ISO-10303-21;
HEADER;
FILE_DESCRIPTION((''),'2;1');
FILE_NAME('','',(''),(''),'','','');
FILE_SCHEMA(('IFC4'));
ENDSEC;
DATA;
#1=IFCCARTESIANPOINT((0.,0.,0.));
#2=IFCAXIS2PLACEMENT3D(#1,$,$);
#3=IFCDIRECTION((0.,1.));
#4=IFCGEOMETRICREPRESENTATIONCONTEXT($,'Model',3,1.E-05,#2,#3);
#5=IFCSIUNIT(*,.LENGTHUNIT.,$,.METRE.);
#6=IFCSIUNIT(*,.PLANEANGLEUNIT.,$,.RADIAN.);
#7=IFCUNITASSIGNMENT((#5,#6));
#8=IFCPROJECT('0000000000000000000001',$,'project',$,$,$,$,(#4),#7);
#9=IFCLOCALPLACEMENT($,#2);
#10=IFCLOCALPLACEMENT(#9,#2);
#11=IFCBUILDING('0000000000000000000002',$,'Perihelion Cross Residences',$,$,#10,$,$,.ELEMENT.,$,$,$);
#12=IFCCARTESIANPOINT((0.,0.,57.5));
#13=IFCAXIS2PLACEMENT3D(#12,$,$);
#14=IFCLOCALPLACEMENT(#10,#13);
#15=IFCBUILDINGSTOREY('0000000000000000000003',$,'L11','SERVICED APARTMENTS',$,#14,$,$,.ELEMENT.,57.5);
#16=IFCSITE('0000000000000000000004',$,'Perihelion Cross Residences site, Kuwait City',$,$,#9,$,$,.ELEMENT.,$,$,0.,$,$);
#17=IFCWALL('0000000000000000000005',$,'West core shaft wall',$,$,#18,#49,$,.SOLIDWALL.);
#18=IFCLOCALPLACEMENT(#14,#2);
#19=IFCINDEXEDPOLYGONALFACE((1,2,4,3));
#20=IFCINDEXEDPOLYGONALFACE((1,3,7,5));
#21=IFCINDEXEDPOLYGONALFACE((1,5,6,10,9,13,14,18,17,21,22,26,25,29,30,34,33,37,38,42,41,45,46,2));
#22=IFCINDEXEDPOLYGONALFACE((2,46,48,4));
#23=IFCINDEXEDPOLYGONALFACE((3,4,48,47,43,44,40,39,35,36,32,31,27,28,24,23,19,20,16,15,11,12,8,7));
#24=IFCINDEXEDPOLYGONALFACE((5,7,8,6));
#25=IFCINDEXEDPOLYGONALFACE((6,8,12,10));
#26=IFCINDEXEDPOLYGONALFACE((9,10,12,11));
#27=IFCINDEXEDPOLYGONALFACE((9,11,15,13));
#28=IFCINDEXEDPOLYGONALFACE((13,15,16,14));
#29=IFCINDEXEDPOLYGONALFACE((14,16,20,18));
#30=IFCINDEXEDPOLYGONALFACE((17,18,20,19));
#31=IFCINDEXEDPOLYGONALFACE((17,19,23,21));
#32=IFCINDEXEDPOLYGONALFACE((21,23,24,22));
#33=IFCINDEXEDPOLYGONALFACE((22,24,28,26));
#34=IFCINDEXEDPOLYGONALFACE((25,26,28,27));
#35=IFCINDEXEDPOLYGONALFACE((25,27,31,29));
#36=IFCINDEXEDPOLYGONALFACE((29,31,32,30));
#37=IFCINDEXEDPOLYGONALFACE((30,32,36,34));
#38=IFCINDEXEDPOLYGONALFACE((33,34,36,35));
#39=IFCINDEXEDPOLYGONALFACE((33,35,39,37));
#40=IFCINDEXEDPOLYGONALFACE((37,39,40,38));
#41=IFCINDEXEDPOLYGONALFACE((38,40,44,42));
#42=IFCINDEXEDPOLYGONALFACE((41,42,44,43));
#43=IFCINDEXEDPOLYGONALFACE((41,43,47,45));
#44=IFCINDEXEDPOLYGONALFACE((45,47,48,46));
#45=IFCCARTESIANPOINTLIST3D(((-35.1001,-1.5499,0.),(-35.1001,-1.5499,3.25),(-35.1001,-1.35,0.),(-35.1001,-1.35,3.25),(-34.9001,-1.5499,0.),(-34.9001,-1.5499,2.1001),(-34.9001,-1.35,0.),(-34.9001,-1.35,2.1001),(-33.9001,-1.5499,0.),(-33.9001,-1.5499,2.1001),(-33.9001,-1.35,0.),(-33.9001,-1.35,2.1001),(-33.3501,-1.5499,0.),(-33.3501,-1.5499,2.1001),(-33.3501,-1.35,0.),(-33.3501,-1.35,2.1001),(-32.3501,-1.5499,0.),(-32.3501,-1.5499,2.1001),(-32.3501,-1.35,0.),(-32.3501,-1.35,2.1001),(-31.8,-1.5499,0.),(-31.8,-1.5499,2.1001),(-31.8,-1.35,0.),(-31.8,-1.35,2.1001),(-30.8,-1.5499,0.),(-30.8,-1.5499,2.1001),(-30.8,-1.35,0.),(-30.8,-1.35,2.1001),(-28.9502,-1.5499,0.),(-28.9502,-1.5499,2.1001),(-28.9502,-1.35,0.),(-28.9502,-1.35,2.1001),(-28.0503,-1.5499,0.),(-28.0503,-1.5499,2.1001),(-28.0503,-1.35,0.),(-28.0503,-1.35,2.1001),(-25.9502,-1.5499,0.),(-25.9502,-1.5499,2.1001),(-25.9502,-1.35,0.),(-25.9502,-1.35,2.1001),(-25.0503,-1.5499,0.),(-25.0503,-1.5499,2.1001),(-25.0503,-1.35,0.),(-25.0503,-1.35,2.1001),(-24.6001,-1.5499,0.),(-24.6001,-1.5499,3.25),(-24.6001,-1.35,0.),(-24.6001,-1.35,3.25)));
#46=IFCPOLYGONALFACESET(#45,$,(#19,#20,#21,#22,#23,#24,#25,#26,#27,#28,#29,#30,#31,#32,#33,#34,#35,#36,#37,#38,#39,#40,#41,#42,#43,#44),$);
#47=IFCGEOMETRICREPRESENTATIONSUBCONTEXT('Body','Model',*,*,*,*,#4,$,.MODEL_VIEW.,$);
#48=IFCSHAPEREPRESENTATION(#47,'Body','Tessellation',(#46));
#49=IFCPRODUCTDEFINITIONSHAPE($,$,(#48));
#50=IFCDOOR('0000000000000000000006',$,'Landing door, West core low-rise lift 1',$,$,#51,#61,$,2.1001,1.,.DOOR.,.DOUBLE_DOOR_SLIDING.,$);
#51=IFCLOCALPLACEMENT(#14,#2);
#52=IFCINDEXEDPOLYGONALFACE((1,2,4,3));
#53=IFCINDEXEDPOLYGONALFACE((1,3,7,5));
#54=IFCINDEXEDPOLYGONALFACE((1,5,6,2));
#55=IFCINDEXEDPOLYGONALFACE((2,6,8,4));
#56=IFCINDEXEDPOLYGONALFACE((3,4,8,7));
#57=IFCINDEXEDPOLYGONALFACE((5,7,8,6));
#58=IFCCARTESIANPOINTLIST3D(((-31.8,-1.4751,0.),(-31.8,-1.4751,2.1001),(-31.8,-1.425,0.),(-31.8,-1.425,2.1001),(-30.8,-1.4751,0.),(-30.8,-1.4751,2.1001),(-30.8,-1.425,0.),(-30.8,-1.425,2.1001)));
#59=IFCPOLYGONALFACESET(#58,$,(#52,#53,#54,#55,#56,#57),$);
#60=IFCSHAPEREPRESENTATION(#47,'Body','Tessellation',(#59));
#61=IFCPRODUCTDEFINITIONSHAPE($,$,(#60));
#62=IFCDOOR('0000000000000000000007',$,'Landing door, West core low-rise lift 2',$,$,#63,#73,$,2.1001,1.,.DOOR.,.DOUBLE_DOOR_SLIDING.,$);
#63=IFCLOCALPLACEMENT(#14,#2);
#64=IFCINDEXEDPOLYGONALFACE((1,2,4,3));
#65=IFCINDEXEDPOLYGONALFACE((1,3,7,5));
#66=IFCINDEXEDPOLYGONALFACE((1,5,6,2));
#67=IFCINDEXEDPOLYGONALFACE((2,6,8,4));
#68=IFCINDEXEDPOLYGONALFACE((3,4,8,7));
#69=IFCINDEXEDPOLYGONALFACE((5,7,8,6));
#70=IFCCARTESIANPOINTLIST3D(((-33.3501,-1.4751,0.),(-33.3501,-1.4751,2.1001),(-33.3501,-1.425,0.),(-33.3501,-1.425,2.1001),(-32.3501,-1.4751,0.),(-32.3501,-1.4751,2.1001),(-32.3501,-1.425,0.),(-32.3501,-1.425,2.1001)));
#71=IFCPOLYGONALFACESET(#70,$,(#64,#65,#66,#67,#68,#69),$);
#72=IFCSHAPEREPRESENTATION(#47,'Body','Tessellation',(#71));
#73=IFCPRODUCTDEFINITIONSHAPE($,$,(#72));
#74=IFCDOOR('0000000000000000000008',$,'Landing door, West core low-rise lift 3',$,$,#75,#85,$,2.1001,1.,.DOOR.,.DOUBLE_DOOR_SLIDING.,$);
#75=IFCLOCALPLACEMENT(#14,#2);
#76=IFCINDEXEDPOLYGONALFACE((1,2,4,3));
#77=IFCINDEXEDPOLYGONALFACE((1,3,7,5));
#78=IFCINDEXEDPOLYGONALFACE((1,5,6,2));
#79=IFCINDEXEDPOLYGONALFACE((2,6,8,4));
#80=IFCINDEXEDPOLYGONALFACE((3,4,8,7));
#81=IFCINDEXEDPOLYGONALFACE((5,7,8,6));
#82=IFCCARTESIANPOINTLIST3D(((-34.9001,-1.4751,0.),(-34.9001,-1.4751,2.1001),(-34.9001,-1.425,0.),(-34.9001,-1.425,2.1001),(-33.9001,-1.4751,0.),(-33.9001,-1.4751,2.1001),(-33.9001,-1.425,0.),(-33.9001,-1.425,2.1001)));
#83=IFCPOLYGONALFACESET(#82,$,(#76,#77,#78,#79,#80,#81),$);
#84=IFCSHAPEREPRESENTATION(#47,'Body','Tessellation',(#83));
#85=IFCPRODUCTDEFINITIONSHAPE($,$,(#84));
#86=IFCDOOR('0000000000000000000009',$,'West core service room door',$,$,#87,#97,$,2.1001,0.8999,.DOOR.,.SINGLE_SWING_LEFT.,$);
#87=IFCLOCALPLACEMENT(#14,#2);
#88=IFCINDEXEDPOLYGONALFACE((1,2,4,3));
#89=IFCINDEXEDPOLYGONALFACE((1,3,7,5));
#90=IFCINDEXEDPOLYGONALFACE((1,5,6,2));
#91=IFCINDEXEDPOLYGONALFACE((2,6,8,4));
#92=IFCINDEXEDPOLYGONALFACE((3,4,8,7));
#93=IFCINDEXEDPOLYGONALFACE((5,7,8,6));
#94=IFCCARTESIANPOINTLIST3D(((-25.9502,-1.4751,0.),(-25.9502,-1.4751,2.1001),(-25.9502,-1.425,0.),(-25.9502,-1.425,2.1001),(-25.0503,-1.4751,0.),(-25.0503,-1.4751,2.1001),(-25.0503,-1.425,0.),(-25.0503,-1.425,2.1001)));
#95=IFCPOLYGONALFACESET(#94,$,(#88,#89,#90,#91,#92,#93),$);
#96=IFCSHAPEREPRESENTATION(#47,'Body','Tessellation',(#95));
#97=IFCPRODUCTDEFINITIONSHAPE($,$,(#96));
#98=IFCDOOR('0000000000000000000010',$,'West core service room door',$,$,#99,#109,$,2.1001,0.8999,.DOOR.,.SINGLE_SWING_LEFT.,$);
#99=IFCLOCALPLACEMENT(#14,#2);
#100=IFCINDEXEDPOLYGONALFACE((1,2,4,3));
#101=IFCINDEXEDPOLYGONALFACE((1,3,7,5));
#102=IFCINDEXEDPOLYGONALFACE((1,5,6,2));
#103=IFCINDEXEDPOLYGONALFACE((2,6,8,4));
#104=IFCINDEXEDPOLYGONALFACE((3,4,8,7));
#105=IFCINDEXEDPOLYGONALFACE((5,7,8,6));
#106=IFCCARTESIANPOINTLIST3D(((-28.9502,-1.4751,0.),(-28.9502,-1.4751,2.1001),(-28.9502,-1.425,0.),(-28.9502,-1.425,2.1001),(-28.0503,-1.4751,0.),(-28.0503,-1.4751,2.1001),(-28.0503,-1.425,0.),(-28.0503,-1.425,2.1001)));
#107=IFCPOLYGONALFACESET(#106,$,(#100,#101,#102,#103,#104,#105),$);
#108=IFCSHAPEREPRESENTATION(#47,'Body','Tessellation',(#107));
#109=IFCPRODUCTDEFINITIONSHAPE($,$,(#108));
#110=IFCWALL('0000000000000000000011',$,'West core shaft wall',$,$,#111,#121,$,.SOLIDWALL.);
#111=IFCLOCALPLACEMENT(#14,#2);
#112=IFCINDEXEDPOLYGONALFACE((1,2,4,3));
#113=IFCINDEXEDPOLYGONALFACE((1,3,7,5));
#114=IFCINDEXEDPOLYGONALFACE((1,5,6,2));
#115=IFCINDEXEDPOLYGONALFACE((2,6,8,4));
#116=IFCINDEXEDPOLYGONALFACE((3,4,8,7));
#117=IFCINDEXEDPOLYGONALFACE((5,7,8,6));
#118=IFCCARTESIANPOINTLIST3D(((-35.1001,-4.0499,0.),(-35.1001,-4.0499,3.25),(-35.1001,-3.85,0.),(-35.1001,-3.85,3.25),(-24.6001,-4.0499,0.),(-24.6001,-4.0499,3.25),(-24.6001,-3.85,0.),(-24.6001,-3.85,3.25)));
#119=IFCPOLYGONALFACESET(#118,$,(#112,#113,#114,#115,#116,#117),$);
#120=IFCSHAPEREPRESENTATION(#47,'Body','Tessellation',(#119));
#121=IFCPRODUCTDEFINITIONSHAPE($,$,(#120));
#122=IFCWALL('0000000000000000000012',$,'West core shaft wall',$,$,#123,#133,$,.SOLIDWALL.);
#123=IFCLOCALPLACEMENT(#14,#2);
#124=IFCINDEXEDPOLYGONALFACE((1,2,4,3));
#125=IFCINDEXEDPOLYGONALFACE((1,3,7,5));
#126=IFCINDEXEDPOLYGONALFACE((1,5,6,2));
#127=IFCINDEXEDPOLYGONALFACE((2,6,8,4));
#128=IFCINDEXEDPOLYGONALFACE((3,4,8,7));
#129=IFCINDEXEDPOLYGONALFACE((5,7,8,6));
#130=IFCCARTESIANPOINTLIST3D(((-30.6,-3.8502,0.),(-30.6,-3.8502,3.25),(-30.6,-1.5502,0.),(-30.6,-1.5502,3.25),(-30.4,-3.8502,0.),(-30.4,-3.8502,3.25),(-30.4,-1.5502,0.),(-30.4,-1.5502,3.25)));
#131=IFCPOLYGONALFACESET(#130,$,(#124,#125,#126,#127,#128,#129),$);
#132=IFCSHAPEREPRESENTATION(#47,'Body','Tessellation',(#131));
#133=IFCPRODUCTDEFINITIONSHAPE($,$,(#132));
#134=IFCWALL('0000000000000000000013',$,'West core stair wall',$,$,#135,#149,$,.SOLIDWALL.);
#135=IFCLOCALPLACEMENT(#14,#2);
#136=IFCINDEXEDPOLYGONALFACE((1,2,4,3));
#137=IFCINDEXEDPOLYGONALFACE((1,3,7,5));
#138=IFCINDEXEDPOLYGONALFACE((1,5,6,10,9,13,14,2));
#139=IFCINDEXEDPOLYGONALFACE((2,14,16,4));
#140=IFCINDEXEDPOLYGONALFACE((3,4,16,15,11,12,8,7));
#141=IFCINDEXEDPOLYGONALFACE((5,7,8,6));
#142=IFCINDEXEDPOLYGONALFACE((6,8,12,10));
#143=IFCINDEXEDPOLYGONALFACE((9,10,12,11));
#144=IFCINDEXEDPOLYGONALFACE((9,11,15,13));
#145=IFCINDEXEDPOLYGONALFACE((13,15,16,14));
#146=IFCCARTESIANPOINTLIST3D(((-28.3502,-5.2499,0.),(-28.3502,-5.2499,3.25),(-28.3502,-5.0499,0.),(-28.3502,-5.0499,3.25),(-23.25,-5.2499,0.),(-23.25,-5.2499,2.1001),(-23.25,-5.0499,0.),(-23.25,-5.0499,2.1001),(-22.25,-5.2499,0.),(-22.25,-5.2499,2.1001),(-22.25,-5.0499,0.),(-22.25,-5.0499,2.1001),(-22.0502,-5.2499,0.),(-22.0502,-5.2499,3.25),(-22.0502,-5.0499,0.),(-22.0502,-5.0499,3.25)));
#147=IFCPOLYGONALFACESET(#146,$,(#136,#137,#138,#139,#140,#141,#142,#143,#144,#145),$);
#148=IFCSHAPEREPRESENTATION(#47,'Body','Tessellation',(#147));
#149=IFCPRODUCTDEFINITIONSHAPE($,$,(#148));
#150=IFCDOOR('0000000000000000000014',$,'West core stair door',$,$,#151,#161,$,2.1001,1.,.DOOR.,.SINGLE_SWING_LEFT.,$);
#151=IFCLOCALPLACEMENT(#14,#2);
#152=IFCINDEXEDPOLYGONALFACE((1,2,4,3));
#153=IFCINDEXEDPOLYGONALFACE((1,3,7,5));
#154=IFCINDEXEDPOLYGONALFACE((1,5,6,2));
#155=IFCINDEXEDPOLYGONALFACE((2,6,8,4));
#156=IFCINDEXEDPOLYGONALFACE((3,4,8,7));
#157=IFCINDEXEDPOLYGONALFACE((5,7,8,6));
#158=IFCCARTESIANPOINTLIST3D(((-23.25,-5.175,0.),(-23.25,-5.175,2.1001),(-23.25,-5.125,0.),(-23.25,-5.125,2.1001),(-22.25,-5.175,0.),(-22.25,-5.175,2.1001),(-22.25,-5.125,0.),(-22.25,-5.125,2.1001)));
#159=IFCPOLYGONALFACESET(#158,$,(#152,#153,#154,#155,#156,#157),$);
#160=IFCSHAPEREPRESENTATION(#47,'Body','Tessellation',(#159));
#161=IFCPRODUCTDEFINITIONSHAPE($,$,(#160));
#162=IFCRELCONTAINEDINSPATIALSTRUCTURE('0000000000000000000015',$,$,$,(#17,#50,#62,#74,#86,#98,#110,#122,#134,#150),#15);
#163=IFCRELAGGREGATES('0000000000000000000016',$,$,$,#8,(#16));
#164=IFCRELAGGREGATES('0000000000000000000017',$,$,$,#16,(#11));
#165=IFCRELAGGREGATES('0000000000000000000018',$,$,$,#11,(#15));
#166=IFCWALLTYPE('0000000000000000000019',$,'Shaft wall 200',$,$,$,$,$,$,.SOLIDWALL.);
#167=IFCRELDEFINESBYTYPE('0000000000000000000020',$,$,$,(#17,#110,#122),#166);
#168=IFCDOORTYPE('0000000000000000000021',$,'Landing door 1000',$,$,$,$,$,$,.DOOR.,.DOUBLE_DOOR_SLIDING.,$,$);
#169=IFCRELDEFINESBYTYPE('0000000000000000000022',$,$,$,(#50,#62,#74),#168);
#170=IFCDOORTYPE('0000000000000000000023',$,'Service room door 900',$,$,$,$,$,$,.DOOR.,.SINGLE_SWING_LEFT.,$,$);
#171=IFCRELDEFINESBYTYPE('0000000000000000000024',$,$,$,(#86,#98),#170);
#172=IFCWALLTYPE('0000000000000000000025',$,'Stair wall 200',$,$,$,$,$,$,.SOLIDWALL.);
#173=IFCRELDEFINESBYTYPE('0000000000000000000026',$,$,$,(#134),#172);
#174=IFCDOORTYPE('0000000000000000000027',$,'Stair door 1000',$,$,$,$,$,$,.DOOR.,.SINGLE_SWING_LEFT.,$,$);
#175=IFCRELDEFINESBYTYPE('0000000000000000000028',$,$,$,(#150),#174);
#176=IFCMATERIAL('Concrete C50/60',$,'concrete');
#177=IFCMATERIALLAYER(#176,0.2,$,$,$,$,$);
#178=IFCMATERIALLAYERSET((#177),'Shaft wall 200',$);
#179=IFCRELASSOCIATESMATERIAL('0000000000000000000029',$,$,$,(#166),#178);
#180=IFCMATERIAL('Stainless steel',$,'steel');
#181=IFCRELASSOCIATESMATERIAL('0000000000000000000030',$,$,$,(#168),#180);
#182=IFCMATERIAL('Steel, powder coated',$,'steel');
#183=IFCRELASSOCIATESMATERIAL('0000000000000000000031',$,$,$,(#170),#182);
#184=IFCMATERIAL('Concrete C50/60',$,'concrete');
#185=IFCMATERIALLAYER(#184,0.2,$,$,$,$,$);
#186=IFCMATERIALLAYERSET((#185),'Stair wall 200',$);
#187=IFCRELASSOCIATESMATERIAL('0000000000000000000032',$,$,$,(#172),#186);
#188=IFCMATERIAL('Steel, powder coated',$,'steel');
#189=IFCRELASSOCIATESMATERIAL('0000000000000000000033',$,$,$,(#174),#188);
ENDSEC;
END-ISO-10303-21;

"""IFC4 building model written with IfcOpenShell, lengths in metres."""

from ifc_helpers import new_model, si_unit, direction, frame, frame_2d, origin, place, context, subcontext, project, spatial, rectangle, extrude, material, layer, layer_set, type_object, element, fill, save


model = new_model("IFC4")

# Units and contexts
model_context = context("Model", 3, precision=1e-05, world=origin(), true_north=direction((0.0, 1.0)))
body_context = subcontext(model_context, "Body", "Model", "MODEL_VIEW")
ifc_project = project(units=[si_unit("LENGTHUNIT", "METRE"), si_unit("PLANEANGLEUNIT", "RADIAN")], contexts=[model_context])

# Site, building, storey
site_placement = place(None, origin())
site = spatial("IfcSite", under=ifc_project, at=site_placement, Name="Perihelion Cross Residences site, Kuwait City", CompositionType="ELEMENT", RefElevation=0.0)
building_placement = place(site_placement, origin())
building = spatial("IfcBuilding", under=site, at=building_placement, Name="Perihelion Cross Residences", CompositionType="ELEMENT")
storey_placement = place(building_placement, frame((0.0, 0.0, 57.5)))
storey = spatial("IfcBuildingStorey", under=building, at=storey_placement, Name="L11", Description="SERVICED APARTMENTS", CompositionType="ELEMENT", Elevation=57.5)

# Wall, openings, doors
ifc_material_1 = material(Name="Concrete C50/60", Category="concrete")
ifc_layer_1 = layer(ifc_material_1, 0.2)
ifc_layer_set_1 = layer_set([ifc_layer_1], Name="Shaft wall 200")
wall_type_1 = type_object("IfcWallType", Name="Shaft wall 200", PredefinedType="SOLIDWALL", material=ifc_layer_set_1)
wall_1_placement = place(storey_placement, frame((-35.1001, -1.45, 0.0), z_axis=(0.0, 0.0, 1.0), x_axis=(1.0, 0.0, 0.0)))
wall_1 = element("IfcWall", 1, at=wall_1_placement, inside=storey, type_object=wall_type_1, Name="West core shaft wall", PredefinedType="SOLIDWALL", context=body_context, shape_type="SweptSolid", body=[
    extrude(rectangle(XDim=10.5, YDim=0.2, at=frame_2d((5.25, 0.0))), origin(), (0.0, 0.0, 1.0), 3.25),
])
opening_1_placement = place(wall_1_placement, frame((3.3, 0.0, 0.0)))
opening_1 = element("IfcOpeningElement", 2, at=opening_1_placement, cuts=wall_1, PredefinedType="OPENING", context=body_context, shape_type="SweptSolid", body=[
    extrude(rectangle(XDim=1.0, YDim=2.1001, at=frame_2d((0.5, 1.05))), frame((0.0, 0.1099, 0.0), z_axis=(0.0, -1.0, 0.0), x_axis=(1.0, 0.0, 0.0)), (0.0, 0.0, 1.0), 0.22),
])
opening_2_placement = place(wall_1_placement, frame((1.75, 0.0, 0.0)))
opening_2 = element("IfcOpeningElement", 3, at=opening_2_placement, cuts=wall_1, PredefinedType="OPENING", context=body_context, shape_type="SweptSolid", body=[
    extrude(rectangle(XDim=1.0, YDim=2.1001, at=frame_2d((0.5, 1.05))), frame((0.0, 0.1099, 0.0), z_axis=(0.0, -1.0, 0.0), x_axis=(1.0, 0.0, 0.0)), (0.0, 0.0, 1.0), 0.22),
])
opening_3_placement = place(wall_1_placement, frame((0.2, 0.0, 0.0)))
opening_3 = element("IfcOpeningElement", 4, at=opening_3_placement, cuts=wall_1, PredefinedType="OPENING", context=body_context, shape_type="SweptSolid", body=[
    extrude(rectangle(XDim=1.0, YDim=2.1001, at=frame_2d((0.5, 1.05))), frame((0.0, 0.1099, 0.0), z_axis=(0.0, -1.0, 0.0), x_axis=(1.0, 0.0, 0.0)), (0.0, 0.0, 1.0), 0.22),
])
opening_4_placement = place(wall_1_placement, frame((9.1499, 0.0, 0.0)))
opening_4 = element("IfcOpeningElement", 5, at=opening_4_placement, cuts=wall_1, PredefinedType="OPENING", context=body_context, shape_type="SweptSolid", body=[
    extrude(rectangle(XDim=0.8999, YDim=2.1001, at=frame_2d((0.45, 1.05))), frame((0.0, 0.1099, 0.0), z_axis=(0.0, -1.0, 0.0), x_axis=(1.0, 0.0, 0.0)), (0.0, 0.0, 1.0), 0.22),
])
opening_5_placement = place(wall_1_placement, frame((6.1499, 0.0, 0.0)))
opening_5 = element("IfcOpeningElement", 6, at=opening_5_placement, cuts=wall_1, PredefinedType="OPENING", context=body_context, shape_type="SweptSolid", body=[
    extrude(rectangle(XDim=0.8999, YDim=2.1001, at=frame_2d((0.45, 1.05))), frame((0.0, 0.1099, 0.0), z_axis=(0.0, -1.0, 0.0), x_axis=(1.0, 0.0, 0.0)), (0.0, 0.0, 1.0), 0.22),
])
ifc_material_2 = material(Name="Stainless steel", Category="steel")
door_type_1 = type_object("IfcDoorType", Name="Landing door 1000", OperationType="DOUBLE_DOOR_SLIDING", PredefinedType="DOOR", material=ifc_material_2)
door_1_placement = place(opening_1_placement, origin())
door_1 = element("IfcDoor", 7, at=door_1_placement, inside=storey, type_object=door_type_1, Name="Landing door, West core low-rise lift 1", OperationType="DOUBLE_DOOR_SLIDING", OverallHeight=2.1001, OverallWidth=1.0, PredefinedType="DOOR", context=body_context, shape_type="SweptSolid", body=[
    extrude(rectangle(XDim=1.0, YDim=2.1001, at=frame_2d((0.5, 1.05))), frame((0.0, 0.0249, 0.0), z_axis=(0.0, -1.0, 0.0), x_axis=(1.0, 0.0, 0.0)), (0.0, 0.0, 1.0), 0.05),
])
fill(opening_1, door_1)
door_2_placement = place(opening_2_placement, origin())
door_2 = element("IfcDoor", 8, at=door_2_placement, inside=storey, type_object=door_type_1, Name="Landing door, West core low-rise lift 2", OperationType="DOUBLE_DOOR_SLIDING", OverallHeight=2.1001, OverallWidth=1.0, PredefinedType="DOOR", context=body_context, shape_type="SweptSolid", body=[
    extrude(rectangle(XDim=1.0, YDim=2.1001, at=frame_2d((0.5, 1.05))), frame((0.0, 0.0249, 0.0), z_axis=(0.0, -1.0, 0.0), x_axis=(1.0, 0.0, 0.0)), (0.0, 0.0, 1.0), 0.05),
])
fill(opening_2, door_2)
door_3_placement = place(opening_3_placement, origin())
door_3 = element("IfcDoor", 9, at=door_3_placement, inside=storey, type_object=door_type_1, Name="Landing door, West core low-rise lift 3", OperationType="DOUBLE_DOOR_SLIDING", OverallHeight=2.1001, OverallWidth=1.0, PredefinedType="DOOR", context=body_context, shape_type="SweptSolid", body=[
    extrude(rectangle(XDim=1.0, YDim=2.1001, at=frame_2d((0.5, 1.05))), frame((0.0, 0.0249, 0.0), z_axis=(0.0, -1.0, 0.0), x_axis=(1.0, 0.0, 0.0)), (0.0, 0.0, 1.0), 0.05),
])
fill(opening_3, door_3)
ifc_material_3 = material(Name="Steel, powder coated", Category="steel")
door_type_2 = type_object("IfcDoorType", Name="Service room door 900", OperationType="SINGLE_SWING_LEFT", PredefinedType="DOOR", material=ifc_material_3)
door_4_placement = place(opening_4_placement, origin())
door_4 = element("IfcDoor", 10, at=door_4_placement, inside=storey, type_object=door_type_2, Name="West core service room door", OperationType="SINGLE_SWING_LEFT", OverallHeight=2.1001, OverallWidth=0.8999, PredefinedType="DOOR", context=body_context, shape_type="SweptSolid", body=[
    extrude(rectangle(XDim=0.8999, YDim=2.1001, at=frame_2d((0.45, 1.05))), frame((0.0, 0.0249, 0.0), z_axis=(0.0, -1.0, 0.0), x_axis=(1.0, 0.0, 0.0)), (0.0, 0.0, 1.0), 0.05),
])
fill(opening_4, door_4)
door_5_placement = place(opening_5_placement, origin())
door_5 = element("IfcDoor", 11, at=door_5_placement, inside=storey, type_object=door_type_2, Name="West core service room door", OperationType="SINGLE_SWING_LEFT", OverallHeight=2.1001, OverallWidth=0.8999, PredefinedType="DOOR", context=body_context, shape_type="SweptSolid", body=[
    extrude(rectangle(XDim=0.8999, YDim=2.1001, at=frame_2d((0.45, 1.05))), frame((0.0, 0.0249, 0.0), z_axis=(0.0, -1.0, 0.0), x_axis=(1.0, 0.0, 0.0)), (0.0, 0.0, 1.0), 0.05),
])
fill(opening_5, door_5)

# Walls
wall_2_placement = place(storey_placement, frame((-35.1001, -3.95, 0.0), z_axis=(0.0, 0.0, 1.0), x_axis=(1.0, 0.0, 0.0)))
element("IfcWall", 12, at=wall_2_placement, inside=storey, type_object=wall_type_1, Name="West core shaft wall", PredefinedType="SOLIDWALL", context=body_context, shape_type="SweptSolid", body=[
    extrude(rectangle(XDim=10.5, YDim=0.2, at=frame_2d((5.25, 0.0))), origin(), (0.0, 0.0, 1.0), 3.25),
])
wall_3_placement = place(storey_placement, frame((-30.5, -3.8501, 0.0), z_axis=(0.0, 0.0, 1.0), x_axis=(0.0, 1.0, 0.0)))
element("IfcWall", 13, at=wall_3_placement, inside=storey, type_object=wall_type_1, Name="West core shaft wall", PredefinedType="SOLIDWALL", context=body_context, shape_type="SweptSolid", body=[
    extrude(rectangle(XDim=2.3, YDim=0.2, at=frame_2d((1.1499, 0.0))), origin(), (0.0, 0.0, 1.0), 3.25),
])

# Wall, opening, door
ifc_material_4 = material(Name="Concrete C50/60", Category="concrete")
ifc_layer_2 = layer(ifc_material_4, 0.2)
ifc_layer_set_2 = layer_set([ifc_layer_2], Name="Stair wall 200")
wall_type_2 = type_object("IfcWallType", Name="Stair wall 200", PredefinedType="SOLIDWALL", material=ifc_layer_set_2)
wall_4_placement = place(storey_placement, frame((-28.3501, -5.1499, 0.0), z_axis=(0.0, 0.0, 1.0), x_axis=(1.0, 0.0, 0.0)))
wall_4 = element("IfcWall", 14, at=wall_4_placement, inside=storey, type_object=wall_type_2, Name="West core stair wall", PredefinedType="SOLIDWALL", context=body_context, shape_type="SweptSolid", body=[
    extrude(rectangle(XDim=6.3, YDim=0.2, at=frame_2d((3.1499, 0.0))), origin(), (0.0, 0.0, 1.0), 3.25),
])
opening_6_placement = place(wall_4_placement, frame((5.1001, 0.0, 0.0)))
opening_6 = element("IfcOpeningElement", 15, at=opening_6_placement, cuts=wall_4, PredefinedType="OPENING", context=body_context, shape_type="SweptSolid", body=[
    extrude(rectangle(XDim=1.0, YDim=2.1001, at=frame_2d((0.5, 1.05))), frame((0.0, 0.1099, 0.0), z_axis=(0.0, -1.0, 0.0), x_axis=(1.0, 0.0, 0.0)), (0.0, 0.0, 1.0), 0.22),
])
ifc_material_5 = material(Name="Steel, powder coated", Category="steel")
door_type_3 = type_object("IfcDoorType", Name="Stair door 1000", OperationType="SINGLE_SWING_LEFT", PredefinedType="DOOR", material=ifc_material_5)
door_6_placement = place(opening_6_placement, origin())
door_6 = element("IfcDoor", 16, at=door_6_placement, inside=storey, type_object=door_type_3, Name="West core stair door", OperationType="SINGLE_SWING_LEFT", OverallHeight=2.1001, OverallWidth=1.0, PredefinedType="DOOR", context=body_context, shape_type="SweptSolid", body=[
    extrude(rectangle(XDim=1.0, YDim=2.1001, at=frame_2d((0.5, 1.05))), frame((0.0, 0.0249, 0.0), z_axis=(0.0, -1.0, 0.0), x_axis=(1.0, 0.0, 0.0)), (0.0, 0.0, 1.0), 0.05),
])
fill(opening_6, door_6)

save(model, "model.ifc")
